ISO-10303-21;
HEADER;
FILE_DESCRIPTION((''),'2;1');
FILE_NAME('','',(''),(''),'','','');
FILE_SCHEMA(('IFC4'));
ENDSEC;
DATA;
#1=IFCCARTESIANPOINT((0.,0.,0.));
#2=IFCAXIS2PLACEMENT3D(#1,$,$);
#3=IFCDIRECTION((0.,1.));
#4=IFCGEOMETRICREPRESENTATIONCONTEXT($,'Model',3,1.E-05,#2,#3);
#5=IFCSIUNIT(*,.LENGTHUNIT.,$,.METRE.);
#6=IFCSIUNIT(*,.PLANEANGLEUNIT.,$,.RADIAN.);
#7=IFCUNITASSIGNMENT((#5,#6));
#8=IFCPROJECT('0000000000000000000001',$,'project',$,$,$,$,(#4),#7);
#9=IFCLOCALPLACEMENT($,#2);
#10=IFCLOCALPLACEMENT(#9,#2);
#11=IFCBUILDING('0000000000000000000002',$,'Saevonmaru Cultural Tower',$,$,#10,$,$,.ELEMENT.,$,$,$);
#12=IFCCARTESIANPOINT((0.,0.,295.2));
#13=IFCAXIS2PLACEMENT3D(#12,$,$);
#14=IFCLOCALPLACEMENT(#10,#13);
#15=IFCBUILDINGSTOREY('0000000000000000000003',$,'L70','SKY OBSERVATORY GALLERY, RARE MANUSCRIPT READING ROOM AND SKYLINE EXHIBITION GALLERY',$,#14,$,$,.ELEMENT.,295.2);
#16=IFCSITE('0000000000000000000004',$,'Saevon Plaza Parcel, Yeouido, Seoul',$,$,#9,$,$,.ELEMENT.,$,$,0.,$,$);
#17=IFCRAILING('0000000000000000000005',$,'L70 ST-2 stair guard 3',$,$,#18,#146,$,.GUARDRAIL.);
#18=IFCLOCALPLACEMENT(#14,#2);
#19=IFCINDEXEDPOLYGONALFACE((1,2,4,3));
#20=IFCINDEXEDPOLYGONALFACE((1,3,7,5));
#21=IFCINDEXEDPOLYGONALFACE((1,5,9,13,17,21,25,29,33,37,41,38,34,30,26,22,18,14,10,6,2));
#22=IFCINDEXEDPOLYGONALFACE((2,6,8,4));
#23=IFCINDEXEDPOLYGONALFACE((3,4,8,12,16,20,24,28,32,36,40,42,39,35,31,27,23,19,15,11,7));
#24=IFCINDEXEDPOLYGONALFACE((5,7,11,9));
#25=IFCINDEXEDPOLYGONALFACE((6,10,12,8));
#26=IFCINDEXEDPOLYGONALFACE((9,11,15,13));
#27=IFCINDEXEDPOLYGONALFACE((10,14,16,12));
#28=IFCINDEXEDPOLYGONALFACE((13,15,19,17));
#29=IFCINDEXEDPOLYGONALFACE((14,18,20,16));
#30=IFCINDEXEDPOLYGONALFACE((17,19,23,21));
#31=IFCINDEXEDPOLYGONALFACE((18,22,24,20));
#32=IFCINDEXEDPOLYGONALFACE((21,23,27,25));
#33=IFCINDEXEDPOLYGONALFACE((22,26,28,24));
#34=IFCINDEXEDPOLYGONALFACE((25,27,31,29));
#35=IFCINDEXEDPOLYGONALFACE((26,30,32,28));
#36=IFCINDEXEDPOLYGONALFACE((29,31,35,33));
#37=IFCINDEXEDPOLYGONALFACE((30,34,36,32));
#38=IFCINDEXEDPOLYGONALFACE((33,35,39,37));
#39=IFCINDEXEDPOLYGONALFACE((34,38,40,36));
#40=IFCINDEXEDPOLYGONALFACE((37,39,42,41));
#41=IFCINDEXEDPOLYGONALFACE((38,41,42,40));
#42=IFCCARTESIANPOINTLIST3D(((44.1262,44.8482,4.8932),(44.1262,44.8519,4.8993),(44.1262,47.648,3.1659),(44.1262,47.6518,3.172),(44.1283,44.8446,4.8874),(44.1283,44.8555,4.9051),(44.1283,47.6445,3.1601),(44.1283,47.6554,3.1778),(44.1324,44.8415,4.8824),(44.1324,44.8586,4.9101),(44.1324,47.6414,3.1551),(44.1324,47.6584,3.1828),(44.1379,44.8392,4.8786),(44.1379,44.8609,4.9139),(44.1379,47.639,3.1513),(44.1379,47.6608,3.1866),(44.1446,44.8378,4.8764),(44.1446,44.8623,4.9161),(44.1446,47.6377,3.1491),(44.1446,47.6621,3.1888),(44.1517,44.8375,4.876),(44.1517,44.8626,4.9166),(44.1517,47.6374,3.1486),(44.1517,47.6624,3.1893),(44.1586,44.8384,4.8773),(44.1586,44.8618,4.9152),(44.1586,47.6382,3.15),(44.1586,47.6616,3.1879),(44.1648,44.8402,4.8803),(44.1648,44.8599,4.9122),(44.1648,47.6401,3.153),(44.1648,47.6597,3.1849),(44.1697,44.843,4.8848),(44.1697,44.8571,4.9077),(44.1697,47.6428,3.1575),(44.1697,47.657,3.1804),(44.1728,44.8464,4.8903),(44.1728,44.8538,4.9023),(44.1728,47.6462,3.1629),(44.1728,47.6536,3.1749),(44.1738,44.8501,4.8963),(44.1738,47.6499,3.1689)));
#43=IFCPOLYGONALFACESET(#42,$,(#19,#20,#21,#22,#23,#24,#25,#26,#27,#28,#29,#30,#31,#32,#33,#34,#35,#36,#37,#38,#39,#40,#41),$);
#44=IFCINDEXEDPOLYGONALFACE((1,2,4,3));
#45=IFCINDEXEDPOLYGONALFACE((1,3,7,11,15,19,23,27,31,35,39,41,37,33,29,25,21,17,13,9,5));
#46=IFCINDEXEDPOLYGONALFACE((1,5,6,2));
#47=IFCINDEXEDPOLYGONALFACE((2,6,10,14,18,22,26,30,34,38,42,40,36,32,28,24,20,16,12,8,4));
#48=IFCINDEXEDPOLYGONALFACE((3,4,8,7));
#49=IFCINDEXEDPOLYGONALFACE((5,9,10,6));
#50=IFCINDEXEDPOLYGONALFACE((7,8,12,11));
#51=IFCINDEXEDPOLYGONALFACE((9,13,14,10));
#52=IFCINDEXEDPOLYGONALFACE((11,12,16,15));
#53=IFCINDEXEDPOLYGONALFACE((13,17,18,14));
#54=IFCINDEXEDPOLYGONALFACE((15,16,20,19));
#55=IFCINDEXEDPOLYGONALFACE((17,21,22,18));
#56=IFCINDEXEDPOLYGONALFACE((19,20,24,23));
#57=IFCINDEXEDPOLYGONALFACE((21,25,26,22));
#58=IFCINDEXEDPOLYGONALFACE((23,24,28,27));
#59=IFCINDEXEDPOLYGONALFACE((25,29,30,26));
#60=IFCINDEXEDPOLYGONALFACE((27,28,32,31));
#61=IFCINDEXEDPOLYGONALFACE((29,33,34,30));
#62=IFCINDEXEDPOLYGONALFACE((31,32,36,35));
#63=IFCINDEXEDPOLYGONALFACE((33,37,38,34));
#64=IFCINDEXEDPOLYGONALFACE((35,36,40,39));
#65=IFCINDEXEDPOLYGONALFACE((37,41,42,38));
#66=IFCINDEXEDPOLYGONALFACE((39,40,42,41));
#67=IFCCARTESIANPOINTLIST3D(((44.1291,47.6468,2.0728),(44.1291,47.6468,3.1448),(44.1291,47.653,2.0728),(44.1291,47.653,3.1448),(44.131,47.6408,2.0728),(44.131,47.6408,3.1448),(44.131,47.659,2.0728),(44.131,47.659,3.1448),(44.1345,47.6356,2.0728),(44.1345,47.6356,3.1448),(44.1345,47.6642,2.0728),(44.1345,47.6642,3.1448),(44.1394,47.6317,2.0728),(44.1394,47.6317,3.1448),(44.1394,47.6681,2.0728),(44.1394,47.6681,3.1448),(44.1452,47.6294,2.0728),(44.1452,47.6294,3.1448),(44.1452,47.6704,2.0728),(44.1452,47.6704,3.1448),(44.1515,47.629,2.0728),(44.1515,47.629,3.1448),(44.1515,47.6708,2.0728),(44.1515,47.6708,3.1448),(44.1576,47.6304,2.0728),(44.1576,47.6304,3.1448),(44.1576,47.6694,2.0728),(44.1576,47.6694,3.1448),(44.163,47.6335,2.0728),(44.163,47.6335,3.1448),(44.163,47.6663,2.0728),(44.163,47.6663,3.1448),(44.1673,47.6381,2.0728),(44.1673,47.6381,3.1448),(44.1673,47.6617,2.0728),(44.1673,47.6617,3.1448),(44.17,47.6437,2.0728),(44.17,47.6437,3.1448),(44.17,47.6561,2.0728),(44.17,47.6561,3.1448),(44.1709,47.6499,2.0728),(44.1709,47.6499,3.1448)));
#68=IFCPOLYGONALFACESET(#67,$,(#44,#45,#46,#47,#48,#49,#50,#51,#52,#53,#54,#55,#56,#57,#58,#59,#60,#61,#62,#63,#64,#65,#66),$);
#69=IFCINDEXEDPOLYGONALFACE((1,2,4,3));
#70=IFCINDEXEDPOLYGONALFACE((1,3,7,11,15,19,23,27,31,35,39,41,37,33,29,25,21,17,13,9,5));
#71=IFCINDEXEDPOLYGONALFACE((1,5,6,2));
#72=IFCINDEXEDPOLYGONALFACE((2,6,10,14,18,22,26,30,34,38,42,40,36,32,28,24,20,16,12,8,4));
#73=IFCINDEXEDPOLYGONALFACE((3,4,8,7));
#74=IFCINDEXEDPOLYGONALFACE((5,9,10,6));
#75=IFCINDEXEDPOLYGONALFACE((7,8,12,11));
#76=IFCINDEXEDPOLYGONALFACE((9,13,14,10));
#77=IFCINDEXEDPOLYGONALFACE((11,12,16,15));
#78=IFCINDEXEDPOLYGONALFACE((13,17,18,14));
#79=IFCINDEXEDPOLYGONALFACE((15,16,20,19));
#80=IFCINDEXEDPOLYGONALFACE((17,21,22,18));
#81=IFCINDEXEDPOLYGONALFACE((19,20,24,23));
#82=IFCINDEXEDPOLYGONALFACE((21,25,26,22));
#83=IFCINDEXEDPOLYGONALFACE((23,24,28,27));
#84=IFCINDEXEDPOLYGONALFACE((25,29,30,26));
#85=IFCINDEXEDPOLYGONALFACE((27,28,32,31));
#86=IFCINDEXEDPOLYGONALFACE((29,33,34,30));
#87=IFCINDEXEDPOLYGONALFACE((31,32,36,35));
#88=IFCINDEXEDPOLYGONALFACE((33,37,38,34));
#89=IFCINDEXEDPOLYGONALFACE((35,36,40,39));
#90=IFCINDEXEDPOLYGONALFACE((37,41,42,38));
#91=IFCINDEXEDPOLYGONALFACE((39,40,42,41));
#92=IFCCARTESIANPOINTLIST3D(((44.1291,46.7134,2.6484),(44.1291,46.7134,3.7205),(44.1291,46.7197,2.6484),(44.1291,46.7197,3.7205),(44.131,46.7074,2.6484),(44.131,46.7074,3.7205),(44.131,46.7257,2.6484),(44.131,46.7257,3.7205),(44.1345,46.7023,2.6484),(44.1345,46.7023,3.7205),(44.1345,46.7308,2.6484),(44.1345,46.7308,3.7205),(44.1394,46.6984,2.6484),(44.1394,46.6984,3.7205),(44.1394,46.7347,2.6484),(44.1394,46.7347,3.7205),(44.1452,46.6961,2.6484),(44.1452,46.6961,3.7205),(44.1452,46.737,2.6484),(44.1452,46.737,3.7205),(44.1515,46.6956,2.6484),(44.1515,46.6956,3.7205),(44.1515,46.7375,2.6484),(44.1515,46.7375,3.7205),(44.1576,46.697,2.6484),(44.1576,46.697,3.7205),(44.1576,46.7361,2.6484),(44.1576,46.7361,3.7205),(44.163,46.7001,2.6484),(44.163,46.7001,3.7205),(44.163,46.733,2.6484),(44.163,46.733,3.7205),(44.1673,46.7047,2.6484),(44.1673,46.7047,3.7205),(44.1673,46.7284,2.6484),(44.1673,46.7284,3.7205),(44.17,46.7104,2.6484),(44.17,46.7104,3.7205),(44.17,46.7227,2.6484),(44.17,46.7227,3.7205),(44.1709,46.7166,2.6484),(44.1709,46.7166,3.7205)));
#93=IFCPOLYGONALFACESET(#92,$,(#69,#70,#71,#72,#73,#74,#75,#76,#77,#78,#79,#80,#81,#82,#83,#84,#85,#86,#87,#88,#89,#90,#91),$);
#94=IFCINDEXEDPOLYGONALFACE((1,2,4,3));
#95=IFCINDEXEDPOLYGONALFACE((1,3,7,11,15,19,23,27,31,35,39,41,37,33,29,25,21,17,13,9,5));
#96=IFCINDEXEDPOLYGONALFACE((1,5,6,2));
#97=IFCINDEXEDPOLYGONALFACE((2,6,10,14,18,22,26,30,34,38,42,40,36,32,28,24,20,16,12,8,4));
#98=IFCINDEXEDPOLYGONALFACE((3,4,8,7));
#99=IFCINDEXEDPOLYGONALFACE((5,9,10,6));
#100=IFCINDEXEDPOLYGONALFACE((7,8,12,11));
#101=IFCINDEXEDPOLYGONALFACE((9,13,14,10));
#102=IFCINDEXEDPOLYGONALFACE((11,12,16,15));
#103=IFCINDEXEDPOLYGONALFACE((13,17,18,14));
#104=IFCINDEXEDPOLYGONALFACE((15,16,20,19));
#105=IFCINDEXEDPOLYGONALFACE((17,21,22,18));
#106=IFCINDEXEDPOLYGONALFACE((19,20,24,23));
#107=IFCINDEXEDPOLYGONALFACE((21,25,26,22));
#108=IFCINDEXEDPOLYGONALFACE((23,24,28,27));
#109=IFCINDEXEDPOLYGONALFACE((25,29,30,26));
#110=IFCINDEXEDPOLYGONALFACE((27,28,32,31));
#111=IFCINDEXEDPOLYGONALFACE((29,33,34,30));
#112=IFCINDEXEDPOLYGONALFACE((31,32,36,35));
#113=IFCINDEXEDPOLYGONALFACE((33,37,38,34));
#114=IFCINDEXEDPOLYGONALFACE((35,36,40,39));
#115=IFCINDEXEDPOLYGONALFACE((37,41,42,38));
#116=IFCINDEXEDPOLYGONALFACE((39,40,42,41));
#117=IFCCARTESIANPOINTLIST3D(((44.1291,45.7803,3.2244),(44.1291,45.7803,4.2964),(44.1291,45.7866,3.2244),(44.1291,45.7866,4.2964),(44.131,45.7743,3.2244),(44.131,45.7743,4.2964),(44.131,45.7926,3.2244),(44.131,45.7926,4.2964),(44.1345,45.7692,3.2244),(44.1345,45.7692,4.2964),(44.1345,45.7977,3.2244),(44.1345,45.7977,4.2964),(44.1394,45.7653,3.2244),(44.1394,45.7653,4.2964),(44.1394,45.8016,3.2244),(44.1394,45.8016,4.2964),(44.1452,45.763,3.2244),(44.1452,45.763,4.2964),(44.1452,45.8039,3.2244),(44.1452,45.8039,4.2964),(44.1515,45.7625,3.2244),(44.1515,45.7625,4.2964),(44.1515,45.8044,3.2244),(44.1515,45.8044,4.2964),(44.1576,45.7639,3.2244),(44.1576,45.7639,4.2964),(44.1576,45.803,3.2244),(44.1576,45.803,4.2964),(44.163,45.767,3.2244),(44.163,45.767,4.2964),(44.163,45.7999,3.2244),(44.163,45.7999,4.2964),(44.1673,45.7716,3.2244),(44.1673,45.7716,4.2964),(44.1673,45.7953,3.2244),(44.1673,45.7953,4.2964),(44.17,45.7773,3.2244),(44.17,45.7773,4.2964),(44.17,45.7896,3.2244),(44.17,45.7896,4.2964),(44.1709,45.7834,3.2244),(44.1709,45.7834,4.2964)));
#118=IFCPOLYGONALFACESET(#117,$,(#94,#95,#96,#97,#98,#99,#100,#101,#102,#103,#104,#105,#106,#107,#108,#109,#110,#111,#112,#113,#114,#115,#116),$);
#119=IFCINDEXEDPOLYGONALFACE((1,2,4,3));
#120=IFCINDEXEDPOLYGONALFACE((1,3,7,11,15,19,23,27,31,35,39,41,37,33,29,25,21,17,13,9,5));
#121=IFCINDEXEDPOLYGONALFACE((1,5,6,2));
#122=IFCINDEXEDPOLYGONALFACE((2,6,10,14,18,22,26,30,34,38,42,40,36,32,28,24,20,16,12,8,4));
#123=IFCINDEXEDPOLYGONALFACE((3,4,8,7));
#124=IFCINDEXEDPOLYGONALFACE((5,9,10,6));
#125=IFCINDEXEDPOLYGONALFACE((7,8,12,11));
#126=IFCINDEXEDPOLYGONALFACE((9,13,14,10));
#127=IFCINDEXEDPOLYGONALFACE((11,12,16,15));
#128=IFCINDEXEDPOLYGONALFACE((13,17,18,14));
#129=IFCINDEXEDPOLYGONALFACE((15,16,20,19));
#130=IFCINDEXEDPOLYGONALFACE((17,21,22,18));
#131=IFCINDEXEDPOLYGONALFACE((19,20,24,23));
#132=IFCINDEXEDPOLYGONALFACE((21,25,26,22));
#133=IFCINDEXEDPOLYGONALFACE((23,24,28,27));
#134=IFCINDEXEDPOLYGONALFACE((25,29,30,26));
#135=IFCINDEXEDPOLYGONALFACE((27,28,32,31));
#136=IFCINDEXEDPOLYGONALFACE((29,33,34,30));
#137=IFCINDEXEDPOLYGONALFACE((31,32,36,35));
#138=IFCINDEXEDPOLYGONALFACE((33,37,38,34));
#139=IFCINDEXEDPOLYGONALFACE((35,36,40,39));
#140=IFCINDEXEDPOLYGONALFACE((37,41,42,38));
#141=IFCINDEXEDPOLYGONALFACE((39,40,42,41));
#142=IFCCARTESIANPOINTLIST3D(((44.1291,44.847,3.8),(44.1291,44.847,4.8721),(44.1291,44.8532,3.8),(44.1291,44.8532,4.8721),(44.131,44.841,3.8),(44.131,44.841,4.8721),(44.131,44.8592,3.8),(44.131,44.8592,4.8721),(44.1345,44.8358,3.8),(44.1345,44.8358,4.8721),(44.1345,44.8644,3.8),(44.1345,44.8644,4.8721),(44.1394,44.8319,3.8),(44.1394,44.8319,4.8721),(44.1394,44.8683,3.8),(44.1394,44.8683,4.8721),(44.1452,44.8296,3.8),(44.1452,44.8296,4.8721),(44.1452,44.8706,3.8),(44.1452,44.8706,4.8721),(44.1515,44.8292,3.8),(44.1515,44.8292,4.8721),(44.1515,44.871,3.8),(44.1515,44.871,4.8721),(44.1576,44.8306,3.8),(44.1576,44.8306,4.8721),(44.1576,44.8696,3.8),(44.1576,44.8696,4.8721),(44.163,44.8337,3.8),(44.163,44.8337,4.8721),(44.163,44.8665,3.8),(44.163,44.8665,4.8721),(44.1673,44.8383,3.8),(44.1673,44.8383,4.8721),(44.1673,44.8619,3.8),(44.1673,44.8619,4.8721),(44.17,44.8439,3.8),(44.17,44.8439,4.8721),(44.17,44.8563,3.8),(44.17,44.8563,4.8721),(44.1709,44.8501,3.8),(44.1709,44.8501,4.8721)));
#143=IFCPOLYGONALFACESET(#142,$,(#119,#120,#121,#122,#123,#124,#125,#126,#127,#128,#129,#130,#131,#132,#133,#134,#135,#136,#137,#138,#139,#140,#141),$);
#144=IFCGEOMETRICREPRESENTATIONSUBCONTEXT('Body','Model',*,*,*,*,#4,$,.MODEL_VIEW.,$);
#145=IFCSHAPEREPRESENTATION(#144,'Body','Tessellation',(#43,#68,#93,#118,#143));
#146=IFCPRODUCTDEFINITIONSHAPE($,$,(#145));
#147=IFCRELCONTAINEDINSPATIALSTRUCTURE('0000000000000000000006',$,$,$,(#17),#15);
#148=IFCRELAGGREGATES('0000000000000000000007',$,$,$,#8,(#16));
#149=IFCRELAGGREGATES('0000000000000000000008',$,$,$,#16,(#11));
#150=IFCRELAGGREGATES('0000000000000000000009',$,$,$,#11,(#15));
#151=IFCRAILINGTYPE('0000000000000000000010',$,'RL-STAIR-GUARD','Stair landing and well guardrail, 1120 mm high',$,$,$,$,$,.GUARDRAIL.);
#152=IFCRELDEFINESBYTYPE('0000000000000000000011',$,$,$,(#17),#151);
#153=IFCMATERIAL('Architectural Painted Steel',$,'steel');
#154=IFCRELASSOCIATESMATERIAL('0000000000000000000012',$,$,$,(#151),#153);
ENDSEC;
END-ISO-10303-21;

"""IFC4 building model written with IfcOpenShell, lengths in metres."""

from ifc_helpers import new_model, si_unit, direction, frame, origin, origin_2d, place, context, subcontext, project, spatial, circle, extrude, material, type_object, element, save


model = new_model("IFC4")

# Units and contexts
model_context = context("Model", 3, precision=1e-05, world=origin(), true_north=direction((0.0, 1.0)))
body_context = subcontext(model_context, "Body", "Model", "MODEL_VIEW")
ifc_project = project(units=[si_unit("LENGTHUNIT", "METRE"), si_unit("PLANEANGLEUNIT", "RADIAN")], contexts=[model_context])

# Site, building, storey
site_placement = place(None, origin())
site = spatial("IfcSite", under=ifc_project, at=site_placement, Name="Saevon Plaza Parcel, Yeouido, Seoul", CompositionType="ELEMENT", RefElevation=0.0)
building_placement = place(site_placement, origin())
building = spatial("IfcBuilding", under=site, at=building_placement, Name="Saevonmaru Cultural Tower", CompositionType="ELEMENT")
storey_placement = place(building_placement, frame((0.0, 0.0, 295.2)))
storey = spatial("IfcBuildingStorey", under=building, at=storey_placement, Name="L70", Description="SKY OBSERVATORY GALLERY, RARE MANUSCRIPT READING ROOM AND SKYLINE EXHIBITION GALLERY", CompositionType="ELEMENT", Elevation=295.2)

# Railing
ifc_material_1 = material(Name="Architectural Painted Steel", Category="steel")
railing_type_1 = type_object("IfcRailingType", Name="RL-STAIR-GUARD", Description="Stair landing and well guardrail, 1120 mm high", PredefinedType="GUARDRAIL", material=ifc_material_1)
railing_1_placement = place(storey_placement, frame((44.1499, 47.6499, 2.0728)))
element("IfcRailing", 1, at=railing_1_placement, inside=storey, type_object=railing_type_1, Name="L70 ST-2 stair guard 3", PredefinedType="GUARDRAIL", context=body_context, shape_type="SweptSolid", body=[
    extrude(circle(Radius=0.0239, at=origin_2d()), frame((0.0, 0.0, 1.0962), z_axis=(0.0, -0.851069, 0.525054), x_axis=(1.0, 0.0, 0.0)), (0.0, 0.0, 1.0), 3.2898),
    extrude(circle(Radius=0.021, at=origin_2d()), origin(), (0.0, 0.0, 1.0), 1.072),
    extrude(circle(Radius=0.021, at=origin_2d()), frame((0.0, -0.9333, 0.5757)), (0.0, 0.0, 1.0), 1.072),
    extrude(circle(Radius=0.021, at=origin_2d()), frame((0.0, -1.8665, 1.1516)), (0.0, 0.0, 1.0), 1.072),
    extrude(circle(Radius=0.021, at=origin_2d()), frame((0.0, -2.7998, 1.7273)), (0.0, 0.0, 1.0), 1.072),
])

save(model, "model.ifc")
